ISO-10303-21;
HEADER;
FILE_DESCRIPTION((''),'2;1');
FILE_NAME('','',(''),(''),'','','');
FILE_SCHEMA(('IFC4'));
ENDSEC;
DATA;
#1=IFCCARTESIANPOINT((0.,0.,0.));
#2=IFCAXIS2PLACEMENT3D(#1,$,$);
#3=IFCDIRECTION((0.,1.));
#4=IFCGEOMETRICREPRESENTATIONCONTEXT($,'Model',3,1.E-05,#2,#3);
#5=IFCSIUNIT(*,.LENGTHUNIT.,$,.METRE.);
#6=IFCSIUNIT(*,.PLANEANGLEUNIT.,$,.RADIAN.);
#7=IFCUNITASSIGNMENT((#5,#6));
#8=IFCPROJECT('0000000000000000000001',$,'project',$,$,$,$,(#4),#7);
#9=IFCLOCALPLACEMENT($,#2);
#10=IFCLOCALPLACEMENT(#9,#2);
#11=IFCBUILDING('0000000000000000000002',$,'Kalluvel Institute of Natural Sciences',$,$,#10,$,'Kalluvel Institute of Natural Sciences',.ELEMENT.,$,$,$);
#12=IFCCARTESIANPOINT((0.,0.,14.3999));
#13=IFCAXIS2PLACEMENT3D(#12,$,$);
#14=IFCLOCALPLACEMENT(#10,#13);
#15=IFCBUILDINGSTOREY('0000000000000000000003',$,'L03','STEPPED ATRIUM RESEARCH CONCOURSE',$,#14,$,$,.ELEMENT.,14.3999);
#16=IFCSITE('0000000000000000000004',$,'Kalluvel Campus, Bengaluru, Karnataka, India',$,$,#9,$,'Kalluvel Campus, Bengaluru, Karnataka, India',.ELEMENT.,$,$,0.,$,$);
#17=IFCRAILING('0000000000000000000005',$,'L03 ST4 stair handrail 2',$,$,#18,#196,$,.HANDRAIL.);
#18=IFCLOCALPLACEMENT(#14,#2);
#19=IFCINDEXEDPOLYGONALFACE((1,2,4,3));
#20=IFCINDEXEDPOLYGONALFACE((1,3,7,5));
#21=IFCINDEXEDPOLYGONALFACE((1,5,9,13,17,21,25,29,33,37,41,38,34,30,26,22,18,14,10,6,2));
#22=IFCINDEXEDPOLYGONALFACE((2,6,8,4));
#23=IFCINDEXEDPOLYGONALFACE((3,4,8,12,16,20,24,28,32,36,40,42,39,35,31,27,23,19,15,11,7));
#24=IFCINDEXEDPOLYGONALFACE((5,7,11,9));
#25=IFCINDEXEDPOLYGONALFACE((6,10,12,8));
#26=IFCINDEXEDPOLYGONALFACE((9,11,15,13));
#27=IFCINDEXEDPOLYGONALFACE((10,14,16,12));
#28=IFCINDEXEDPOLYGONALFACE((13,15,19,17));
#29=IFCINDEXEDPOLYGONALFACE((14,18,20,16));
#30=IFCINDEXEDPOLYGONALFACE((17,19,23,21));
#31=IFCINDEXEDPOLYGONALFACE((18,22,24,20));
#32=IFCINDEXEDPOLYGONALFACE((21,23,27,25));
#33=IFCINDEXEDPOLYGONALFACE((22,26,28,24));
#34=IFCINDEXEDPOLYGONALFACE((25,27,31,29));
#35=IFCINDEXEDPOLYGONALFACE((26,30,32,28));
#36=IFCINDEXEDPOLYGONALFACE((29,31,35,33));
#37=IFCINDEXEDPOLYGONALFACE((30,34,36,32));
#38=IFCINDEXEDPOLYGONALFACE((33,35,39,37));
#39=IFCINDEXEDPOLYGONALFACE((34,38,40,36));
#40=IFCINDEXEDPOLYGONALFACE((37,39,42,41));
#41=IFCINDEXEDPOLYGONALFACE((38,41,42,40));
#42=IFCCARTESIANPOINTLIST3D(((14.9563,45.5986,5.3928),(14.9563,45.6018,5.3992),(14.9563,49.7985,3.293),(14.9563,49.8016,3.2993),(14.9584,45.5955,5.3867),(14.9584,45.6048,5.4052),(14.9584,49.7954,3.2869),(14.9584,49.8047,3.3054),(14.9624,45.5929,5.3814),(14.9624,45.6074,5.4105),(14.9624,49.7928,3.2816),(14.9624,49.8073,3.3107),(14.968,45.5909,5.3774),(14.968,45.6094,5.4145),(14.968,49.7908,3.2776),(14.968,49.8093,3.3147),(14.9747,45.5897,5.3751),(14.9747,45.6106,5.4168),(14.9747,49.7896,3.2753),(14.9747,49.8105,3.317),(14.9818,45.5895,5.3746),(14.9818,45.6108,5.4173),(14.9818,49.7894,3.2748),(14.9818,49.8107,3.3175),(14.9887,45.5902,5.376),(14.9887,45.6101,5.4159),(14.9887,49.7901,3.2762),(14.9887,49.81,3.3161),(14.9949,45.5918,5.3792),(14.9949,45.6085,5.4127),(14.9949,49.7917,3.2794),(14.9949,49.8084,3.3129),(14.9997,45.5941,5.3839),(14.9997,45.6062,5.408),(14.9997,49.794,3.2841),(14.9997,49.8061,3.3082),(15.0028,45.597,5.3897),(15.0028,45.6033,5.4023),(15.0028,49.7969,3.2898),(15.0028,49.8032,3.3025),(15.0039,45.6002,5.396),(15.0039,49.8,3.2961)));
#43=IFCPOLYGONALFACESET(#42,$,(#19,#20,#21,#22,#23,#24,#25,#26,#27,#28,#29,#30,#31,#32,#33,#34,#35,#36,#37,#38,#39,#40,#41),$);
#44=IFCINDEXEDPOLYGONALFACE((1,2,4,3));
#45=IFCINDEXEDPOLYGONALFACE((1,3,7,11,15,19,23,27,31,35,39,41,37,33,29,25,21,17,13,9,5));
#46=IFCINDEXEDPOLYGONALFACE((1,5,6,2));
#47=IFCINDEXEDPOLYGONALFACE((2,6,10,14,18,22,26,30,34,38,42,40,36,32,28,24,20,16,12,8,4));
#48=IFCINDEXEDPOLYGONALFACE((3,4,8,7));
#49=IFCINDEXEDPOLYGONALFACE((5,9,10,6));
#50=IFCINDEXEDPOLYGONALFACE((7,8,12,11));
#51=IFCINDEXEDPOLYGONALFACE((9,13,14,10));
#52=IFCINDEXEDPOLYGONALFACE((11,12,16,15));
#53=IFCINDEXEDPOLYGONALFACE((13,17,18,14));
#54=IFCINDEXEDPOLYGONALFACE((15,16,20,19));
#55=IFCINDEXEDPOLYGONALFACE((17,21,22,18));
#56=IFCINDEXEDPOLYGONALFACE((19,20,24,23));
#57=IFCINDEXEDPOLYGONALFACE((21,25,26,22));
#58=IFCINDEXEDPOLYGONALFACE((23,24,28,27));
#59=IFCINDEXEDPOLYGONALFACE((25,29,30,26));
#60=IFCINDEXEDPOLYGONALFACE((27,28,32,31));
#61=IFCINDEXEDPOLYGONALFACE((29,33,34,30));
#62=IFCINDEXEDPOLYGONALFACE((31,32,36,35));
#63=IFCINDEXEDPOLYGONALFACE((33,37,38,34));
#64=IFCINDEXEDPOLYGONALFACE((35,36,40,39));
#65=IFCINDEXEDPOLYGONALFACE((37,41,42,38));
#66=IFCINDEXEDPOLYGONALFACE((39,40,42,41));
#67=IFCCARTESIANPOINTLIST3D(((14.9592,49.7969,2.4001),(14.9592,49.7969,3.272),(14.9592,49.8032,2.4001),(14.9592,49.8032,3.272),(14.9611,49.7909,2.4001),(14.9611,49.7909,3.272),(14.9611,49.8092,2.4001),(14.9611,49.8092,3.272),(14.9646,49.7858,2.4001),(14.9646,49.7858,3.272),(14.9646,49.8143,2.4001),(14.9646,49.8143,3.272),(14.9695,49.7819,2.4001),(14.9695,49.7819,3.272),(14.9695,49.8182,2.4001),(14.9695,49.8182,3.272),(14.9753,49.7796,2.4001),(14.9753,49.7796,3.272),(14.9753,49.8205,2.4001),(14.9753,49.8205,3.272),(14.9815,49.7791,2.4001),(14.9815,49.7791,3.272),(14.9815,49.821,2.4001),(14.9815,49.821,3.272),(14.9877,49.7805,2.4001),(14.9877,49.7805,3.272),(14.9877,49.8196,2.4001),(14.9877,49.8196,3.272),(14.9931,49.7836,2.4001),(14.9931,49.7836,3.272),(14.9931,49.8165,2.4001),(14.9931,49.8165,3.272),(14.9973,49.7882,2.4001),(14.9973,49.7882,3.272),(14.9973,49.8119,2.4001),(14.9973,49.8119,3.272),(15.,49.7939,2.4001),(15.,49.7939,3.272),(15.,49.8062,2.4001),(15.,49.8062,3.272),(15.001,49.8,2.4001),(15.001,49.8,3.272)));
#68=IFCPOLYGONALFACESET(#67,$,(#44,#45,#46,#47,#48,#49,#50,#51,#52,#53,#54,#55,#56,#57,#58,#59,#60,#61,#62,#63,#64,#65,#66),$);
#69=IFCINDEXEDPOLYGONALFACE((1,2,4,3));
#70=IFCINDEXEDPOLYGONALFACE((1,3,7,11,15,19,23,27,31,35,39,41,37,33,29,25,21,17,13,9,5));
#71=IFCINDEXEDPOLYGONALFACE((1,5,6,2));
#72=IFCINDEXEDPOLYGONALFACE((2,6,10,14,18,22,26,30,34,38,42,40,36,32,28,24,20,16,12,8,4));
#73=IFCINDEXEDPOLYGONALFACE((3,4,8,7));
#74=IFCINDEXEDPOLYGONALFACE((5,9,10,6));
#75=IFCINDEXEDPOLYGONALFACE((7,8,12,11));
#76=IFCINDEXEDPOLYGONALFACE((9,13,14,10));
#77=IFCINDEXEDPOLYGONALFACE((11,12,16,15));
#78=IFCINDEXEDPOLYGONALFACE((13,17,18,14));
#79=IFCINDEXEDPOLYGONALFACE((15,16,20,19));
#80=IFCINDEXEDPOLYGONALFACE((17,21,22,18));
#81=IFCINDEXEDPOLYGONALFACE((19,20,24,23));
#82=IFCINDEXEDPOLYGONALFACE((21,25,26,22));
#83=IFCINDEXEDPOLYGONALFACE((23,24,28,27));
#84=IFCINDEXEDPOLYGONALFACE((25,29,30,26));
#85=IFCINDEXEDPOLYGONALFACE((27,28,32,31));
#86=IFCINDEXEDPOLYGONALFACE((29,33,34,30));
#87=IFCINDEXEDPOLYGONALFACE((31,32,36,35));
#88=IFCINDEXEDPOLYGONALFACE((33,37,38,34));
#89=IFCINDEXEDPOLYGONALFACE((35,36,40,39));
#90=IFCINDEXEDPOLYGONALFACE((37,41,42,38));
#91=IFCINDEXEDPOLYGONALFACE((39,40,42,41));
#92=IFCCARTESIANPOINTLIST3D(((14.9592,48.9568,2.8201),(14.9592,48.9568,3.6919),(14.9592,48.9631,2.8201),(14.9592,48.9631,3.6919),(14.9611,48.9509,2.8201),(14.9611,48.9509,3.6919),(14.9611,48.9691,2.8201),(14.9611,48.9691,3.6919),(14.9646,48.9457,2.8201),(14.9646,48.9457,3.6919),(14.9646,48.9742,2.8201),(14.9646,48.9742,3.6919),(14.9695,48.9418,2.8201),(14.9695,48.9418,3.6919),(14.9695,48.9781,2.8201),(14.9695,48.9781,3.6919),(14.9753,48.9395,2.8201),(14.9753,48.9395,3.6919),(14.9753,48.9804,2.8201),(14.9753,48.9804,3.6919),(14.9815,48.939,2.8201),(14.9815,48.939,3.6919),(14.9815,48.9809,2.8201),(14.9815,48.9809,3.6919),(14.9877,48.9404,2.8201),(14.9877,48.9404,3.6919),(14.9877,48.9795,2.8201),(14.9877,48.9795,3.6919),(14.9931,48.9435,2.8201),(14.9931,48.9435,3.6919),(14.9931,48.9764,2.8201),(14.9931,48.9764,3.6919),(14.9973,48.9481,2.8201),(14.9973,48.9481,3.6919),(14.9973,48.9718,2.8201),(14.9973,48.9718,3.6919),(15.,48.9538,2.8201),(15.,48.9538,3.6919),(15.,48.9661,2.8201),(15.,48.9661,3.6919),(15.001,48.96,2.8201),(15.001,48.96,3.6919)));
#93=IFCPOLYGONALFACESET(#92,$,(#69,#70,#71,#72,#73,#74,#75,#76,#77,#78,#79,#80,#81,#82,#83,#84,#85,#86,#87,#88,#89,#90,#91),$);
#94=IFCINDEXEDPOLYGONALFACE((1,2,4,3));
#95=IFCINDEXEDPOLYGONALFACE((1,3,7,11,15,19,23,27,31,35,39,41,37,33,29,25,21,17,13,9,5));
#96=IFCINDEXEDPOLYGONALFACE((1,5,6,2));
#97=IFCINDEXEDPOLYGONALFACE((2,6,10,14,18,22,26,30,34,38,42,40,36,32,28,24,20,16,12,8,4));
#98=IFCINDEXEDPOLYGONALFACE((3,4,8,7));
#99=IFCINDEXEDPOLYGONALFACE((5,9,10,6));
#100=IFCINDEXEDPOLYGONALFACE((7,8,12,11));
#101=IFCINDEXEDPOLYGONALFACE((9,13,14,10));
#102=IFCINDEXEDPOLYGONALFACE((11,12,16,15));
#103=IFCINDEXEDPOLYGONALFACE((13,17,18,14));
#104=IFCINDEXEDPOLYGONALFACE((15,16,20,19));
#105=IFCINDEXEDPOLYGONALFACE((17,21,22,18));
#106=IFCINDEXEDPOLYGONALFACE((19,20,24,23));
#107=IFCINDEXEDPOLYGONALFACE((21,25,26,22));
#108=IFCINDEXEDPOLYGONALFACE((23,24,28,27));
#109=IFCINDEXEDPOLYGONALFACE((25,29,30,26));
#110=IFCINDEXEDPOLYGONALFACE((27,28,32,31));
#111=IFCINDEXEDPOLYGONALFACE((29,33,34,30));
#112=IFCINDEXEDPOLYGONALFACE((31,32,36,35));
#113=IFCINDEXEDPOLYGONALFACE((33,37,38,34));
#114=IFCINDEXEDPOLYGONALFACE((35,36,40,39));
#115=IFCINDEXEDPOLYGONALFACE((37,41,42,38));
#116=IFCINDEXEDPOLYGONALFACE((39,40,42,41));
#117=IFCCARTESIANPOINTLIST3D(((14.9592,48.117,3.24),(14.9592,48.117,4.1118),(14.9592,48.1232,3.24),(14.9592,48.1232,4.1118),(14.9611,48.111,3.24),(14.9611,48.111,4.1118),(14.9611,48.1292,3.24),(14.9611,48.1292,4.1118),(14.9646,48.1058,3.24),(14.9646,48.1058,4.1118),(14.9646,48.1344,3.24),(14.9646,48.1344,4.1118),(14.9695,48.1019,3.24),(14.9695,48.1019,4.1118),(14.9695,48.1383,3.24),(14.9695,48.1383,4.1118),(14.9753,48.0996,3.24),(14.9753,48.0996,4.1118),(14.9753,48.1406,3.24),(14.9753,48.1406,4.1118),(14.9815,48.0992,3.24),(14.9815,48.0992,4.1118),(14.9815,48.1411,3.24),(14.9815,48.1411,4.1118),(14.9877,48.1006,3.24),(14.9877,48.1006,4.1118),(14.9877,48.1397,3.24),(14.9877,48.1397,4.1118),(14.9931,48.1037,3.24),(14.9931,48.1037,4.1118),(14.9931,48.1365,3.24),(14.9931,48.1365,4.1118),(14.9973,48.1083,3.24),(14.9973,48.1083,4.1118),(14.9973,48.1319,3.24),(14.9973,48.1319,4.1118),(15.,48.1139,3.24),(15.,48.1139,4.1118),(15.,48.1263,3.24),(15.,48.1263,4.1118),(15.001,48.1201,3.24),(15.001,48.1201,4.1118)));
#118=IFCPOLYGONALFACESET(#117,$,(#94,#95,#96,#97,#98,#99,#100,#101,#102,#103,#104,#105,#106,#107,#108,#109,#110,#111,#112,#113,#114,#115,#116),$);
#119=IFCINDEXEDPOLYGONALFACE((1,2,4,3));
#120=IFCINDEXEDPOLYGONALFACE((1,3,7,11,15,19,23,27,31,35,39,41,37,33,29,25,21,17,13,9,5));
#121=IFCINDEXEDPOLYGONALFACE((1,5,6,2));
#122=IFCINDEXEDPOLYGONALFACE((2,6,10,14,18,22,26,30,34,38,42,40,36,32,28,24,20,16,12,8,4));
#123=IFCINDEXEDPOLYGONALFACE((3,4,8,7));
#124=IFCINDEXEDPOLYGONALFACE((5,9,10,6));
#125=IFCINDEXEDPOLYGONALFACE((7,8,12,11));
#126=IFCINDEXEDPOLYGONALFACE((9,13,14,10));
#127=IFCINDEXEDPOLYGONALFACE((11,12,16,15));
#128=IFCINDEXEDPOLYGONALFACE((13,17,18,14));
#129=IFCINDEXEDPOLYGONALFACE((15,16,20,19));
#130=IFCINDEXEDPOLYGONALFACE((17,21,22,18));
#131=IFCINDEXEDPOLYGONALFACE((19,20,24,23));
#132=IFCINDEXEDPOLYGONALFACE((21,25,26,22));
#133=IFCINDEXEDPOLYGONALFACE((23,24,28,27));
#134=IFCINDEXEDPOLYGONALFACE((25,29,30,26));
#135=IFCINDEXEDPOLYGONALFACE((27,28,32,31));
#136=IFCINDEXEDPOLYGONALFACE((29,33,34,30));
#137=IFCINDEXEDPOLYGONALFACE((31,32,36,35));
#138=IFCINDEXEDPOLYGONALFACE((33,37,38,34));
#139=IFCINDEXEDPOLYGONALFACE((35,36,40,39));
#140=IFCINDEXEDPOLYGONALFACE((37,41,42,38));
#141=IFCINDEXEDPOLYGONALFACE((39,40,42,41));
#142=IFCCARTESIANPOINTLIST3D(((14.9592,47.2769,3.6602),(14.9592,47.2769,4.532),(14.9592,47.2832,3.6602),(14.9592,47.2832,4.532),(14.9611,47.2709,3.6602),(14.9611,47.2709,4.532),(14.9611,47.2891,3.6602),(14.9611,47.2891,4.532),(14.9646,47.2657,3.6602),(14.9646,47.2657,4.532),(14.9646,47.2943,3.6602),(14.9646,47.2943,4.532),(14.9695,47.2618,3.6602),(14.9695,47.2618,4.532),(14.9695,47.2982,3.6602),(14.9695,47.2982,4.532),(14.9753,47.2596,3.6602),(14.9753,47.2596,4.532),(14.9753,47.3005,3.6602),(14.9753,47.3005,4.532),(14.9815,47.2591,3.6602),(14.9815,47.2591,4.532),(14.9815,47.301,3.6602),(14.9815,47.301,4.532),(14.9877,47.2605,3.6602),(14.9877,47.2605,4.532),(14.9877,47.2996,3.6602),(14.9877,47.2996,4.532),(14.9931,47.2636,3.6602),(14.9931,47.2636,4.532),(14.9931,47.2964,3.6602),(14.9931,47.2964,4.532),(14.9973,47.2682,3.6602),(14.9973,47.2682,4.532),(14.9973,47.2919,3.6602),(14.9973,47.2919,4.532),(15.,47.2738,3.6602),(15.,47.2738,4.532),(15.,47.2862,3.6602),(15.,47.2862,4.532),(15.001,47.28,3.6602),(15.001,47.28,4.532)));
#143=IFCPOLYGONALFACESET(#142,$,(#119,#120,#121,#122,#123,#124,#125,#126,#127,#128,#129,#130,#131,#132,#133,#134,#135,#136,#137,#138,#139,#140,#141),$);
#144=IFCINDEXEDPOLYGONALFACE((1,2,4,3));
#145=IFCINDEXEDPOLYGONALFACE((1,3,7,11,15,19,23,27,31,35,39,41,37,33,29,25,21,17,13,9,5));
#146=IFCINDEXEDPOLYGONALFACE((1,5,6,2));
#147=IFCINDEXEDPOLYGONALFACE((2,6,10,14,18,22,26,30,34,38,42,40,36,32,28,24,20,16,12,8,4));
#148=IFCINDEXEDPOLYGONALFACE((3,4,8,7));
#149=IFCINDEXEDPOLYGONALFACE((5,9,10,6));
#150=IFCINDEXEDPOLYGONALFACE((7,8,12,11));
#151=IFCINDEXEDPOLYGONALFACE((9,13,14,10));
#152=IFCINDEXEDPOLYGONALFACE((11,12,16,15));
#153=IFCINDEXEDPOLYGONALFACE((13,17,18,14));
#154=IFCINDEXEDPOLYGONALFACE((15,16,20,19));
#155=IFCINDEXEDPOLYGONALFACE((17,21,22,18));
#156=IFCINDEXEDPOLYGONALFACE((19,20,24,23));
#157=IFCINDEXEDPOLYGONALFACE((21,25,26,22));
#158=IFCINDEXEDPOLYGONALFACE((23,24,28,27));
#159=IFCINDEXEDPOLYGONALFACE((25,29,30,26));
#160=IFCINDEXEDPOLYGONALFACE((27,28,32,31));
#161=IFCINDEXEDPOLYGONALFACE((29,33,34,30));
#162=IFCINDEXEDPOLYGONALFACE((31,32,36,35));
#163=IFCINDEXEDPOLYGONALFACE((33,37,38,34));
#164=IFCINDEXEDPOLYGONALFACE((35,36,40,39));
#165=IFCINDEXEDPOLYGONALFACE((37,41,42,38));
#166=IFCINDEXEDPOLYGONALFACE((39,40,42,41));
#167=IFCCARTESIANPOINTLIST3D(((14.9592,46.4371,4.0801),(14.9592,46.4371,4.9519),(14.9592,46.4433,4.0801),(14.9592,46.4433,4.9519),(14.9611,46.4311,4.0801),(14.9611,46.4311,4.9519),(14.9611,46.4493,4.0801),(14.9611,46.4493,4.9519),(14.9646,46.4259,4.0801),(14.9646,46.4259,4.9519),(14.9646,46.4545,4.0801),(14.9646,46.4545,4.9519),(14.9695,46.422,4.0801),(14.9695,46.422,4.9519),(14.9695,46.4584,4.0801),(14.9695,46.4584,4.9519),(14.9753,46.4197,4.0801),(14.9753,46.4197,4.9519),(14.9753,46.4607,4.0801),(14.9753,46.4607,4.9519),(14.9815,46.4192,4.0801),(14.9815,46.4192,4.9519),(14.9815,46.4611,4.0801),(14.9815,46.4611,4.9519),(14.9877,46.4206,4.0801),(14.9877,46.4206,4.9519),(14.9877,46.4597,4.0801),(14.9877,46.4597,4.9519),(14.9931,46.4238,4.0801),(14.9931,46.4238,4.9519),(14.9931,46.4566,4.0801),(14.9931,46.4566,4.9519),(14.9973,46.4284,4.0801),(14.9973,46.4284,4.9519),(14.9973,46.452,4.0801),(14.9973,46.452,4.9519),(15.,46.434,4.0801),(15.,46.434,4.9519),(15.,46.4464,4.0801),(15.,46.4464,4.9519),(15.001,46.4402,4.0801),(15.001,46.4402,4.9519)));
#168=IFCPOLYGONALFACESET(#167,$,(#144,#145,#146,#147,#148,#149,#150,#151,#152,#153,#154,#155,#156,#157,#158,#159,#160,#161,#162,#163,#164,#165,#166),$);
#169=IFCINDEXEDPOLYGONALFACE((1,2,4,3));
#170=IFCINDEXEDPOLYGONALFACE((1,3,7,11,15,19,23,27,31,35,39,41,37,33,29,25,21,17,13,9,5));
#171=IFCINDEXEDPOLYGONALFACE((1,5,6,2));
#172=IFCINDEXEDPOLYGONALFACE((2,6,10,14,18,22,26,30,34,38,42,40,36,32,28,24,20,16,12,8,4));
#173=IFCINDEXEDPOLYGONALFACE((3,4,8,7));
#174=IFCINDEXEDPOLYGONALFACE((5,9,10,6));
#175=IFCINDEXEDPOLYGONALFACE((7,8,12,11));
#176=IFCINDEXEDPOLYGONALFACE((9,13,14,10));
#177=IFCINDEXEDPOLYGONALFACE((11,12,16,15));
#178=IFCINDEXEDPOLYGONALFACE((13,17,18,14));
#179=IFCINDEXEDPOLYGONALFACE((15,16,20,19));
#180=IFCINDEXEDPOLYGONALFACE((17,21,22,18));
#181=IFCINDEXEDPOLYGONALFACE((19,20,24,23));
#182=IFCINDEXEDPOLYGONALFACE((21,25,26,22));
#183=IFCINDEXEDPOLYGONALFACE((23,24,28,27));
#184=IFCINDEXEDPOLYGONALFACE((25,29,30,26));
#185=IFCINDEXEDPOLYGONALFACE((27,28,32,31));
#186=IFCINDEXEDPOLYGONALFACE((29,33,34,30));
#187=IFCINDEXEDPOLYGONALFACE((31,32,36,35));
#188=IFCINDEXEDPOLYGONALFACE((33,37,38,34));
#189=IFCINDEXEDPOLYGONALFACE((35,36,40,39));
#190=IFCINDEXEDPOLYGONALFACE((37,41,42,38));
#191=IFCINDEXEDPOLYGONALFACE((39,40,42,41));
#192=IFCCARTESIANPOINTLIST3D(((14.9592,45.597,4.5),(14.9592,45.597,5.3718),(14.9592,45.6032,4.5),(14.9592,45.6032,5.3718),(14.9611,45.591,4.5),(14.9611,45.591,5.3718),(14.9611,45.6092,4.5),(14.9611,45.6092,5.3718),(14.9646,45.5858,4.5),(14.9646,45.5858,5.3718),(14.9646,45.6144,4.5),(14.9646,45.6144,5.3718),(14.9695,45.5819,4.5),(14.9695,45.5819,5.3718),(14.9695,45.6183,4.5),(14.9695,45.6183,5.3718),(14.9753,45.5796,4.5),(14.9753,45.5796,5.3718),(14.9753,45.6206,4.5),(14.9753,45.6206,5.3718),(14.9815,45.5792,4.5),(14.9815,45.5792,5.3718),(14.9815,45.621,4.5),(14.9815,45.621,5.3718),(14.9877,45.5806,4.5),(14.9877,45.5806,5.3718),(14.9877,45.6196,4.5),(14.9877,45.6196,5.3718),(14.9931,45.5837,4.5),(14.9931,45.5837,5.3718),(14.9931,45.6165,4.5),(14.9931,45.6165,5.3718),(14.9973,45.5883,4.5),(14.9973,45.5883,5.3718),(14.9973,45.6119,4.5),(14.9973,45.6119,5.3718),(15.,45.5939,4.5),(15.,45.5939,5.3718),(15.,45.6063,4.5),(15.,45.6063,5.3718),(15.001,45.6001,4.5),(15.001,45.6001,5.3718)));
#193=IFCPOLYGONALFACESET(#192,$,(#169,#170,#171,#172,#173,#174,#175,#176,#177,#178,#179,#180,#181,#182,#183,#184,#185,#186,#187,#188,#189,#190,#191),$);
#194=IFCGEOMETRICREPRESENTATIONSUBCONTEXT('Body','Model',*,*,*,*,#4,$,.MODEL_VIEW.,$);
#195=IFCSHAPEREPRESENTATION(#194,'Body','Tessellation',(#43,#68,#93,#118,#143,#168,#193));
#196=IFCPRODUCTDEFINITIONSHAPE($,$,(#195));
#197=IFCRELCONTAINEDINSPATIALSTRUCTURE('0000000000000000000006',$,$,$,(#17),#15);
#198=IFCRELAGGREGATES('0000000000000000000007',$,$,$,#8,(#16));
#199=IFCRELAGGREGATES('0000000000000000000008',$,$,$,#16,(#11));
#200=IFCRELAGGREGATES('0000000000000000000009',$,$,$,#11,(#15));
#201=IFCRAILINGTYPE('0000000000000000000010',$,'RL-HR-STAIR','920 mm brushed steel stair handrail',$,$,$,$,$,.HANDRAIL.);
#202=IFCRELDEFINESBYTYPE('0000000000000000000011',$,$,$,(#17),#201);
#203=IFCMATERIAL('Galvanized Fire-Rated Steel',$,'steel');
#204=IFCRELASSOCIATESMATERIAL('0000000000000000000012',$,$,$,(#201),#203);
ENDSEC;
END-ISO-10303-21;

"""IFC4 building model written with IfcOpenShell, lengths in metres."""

from ifc_helpers import new_model, si_unit, direction, frame, origin, origin_2d, place, context, subcontext, project, spatial, circle, extrude, material, type_object, element, save


model = new_model("IFC4")

# Units and contexts
model_context = context("Model", 3, precision=1e-05, world=origin(), true_north=direction((0.0, 1.0)))
body_context = subcontext(model_context, "Body", "Model", "MODEL_VIEW")
ifc_project = project(units=[si_unit("LENGTHUNIT", "METRE"), si_unit("PLANEANGLEUNIT", "RADIAN")], contexts=[model_context])

# Site, building, storey
site_placement = place(None, origin())
site = spatial("IfcSite", under=ifc_project, at=site_placement, Name="Kalluvel Campus, Bengaluru, Karnataka, India", LongName="Kalluvel Campus, Bengaluru, Karnataka, India", CompositionType="ELEMENT", RefElevation=0.0)
building_placement = place(site_placement, origin())
building = spatial("IfcBuilding", under=site, at=building_placement, Name="Kalluvel Institute of Natural Sciences", LongName="Kalluvel Institute of Natural Sciences", CompositionType="ELEMENT")
storey_placement = place(building_placement, frame((0.0, 0.0, 14.3999)))
storey = spatial("IfcBuildingStorey", under=building, at=storey_placement, Name="L03", Description="STEPPED ATRIUM RESEARCH CONCOURSE", CompositionType="ELEMENT", Elevation=14.3999)

# Shared definitions
ifc_material_1 = material(Name="Galvanized Fire-Rated Steel", Category="steel")

# Railing
railing_type_1 = type_object("IfcRailingType", Name="RL-HR-STAIR", Description="920 mm brushed steel stair handrail", PredefinedType="HANDRAIL", material=ifc_material_1)
railing_1_placement = place(storey_placement, frame((14.98, 49.8, 2.4001)))
element("IfcRailing", 1, at=railing_1_placement, inside=storey, type_object=railing_type_1, Name="L03 ST4 stair handrail 2", PredefinedType="HANDRAIL", context=body_context, shape_type="SweptSolid", body=[
    extrude(circle(Radius=0.0239, at=origin_2d()), frame((0.0, 0.0, 0.896), z_axis=(0.0, -0.894438, 0.447193), x_axis=(1.0, 0.0, 0.0)), (0.0, 0.0, 1.0), 4.6956),
    extrude(circle(Radius=0.021, at=origin_2d()), origin(), (0.0, 0.0, 1.0), 0.8718),
    extrude(circle(Radius=0.021, at=origin_2d()), frame((0.0, -0.8401, 0.4199)), (0.0, 0.0, 1.0), 0.8718),
    extrude(circle(Radius=0.021, at=origin_2d()), frame((0.0, -1.6799, 0.8398)), (0.0, 0.0, 1.0), 0.8718),
    extrude(circle(Radius=0.021, at=origin_2d()), frame((0.0, -2.52, 1.26)), (0.0, 0.0, 1.0), 0.8718),
    extrude(circle(Radius=0.021, at=origin_2d()), frame((0.0, -3.3599, 1.6799)), (0.0, 0.0, 1.0), 0.8718),
    extrude(circle(Radius=0.021, at=origin_2d()), frame((0.0, -4.2, 2.0999)), (0.0, 0.0, 1.0), 0.8718),
])

save(model, "model.ifc")
